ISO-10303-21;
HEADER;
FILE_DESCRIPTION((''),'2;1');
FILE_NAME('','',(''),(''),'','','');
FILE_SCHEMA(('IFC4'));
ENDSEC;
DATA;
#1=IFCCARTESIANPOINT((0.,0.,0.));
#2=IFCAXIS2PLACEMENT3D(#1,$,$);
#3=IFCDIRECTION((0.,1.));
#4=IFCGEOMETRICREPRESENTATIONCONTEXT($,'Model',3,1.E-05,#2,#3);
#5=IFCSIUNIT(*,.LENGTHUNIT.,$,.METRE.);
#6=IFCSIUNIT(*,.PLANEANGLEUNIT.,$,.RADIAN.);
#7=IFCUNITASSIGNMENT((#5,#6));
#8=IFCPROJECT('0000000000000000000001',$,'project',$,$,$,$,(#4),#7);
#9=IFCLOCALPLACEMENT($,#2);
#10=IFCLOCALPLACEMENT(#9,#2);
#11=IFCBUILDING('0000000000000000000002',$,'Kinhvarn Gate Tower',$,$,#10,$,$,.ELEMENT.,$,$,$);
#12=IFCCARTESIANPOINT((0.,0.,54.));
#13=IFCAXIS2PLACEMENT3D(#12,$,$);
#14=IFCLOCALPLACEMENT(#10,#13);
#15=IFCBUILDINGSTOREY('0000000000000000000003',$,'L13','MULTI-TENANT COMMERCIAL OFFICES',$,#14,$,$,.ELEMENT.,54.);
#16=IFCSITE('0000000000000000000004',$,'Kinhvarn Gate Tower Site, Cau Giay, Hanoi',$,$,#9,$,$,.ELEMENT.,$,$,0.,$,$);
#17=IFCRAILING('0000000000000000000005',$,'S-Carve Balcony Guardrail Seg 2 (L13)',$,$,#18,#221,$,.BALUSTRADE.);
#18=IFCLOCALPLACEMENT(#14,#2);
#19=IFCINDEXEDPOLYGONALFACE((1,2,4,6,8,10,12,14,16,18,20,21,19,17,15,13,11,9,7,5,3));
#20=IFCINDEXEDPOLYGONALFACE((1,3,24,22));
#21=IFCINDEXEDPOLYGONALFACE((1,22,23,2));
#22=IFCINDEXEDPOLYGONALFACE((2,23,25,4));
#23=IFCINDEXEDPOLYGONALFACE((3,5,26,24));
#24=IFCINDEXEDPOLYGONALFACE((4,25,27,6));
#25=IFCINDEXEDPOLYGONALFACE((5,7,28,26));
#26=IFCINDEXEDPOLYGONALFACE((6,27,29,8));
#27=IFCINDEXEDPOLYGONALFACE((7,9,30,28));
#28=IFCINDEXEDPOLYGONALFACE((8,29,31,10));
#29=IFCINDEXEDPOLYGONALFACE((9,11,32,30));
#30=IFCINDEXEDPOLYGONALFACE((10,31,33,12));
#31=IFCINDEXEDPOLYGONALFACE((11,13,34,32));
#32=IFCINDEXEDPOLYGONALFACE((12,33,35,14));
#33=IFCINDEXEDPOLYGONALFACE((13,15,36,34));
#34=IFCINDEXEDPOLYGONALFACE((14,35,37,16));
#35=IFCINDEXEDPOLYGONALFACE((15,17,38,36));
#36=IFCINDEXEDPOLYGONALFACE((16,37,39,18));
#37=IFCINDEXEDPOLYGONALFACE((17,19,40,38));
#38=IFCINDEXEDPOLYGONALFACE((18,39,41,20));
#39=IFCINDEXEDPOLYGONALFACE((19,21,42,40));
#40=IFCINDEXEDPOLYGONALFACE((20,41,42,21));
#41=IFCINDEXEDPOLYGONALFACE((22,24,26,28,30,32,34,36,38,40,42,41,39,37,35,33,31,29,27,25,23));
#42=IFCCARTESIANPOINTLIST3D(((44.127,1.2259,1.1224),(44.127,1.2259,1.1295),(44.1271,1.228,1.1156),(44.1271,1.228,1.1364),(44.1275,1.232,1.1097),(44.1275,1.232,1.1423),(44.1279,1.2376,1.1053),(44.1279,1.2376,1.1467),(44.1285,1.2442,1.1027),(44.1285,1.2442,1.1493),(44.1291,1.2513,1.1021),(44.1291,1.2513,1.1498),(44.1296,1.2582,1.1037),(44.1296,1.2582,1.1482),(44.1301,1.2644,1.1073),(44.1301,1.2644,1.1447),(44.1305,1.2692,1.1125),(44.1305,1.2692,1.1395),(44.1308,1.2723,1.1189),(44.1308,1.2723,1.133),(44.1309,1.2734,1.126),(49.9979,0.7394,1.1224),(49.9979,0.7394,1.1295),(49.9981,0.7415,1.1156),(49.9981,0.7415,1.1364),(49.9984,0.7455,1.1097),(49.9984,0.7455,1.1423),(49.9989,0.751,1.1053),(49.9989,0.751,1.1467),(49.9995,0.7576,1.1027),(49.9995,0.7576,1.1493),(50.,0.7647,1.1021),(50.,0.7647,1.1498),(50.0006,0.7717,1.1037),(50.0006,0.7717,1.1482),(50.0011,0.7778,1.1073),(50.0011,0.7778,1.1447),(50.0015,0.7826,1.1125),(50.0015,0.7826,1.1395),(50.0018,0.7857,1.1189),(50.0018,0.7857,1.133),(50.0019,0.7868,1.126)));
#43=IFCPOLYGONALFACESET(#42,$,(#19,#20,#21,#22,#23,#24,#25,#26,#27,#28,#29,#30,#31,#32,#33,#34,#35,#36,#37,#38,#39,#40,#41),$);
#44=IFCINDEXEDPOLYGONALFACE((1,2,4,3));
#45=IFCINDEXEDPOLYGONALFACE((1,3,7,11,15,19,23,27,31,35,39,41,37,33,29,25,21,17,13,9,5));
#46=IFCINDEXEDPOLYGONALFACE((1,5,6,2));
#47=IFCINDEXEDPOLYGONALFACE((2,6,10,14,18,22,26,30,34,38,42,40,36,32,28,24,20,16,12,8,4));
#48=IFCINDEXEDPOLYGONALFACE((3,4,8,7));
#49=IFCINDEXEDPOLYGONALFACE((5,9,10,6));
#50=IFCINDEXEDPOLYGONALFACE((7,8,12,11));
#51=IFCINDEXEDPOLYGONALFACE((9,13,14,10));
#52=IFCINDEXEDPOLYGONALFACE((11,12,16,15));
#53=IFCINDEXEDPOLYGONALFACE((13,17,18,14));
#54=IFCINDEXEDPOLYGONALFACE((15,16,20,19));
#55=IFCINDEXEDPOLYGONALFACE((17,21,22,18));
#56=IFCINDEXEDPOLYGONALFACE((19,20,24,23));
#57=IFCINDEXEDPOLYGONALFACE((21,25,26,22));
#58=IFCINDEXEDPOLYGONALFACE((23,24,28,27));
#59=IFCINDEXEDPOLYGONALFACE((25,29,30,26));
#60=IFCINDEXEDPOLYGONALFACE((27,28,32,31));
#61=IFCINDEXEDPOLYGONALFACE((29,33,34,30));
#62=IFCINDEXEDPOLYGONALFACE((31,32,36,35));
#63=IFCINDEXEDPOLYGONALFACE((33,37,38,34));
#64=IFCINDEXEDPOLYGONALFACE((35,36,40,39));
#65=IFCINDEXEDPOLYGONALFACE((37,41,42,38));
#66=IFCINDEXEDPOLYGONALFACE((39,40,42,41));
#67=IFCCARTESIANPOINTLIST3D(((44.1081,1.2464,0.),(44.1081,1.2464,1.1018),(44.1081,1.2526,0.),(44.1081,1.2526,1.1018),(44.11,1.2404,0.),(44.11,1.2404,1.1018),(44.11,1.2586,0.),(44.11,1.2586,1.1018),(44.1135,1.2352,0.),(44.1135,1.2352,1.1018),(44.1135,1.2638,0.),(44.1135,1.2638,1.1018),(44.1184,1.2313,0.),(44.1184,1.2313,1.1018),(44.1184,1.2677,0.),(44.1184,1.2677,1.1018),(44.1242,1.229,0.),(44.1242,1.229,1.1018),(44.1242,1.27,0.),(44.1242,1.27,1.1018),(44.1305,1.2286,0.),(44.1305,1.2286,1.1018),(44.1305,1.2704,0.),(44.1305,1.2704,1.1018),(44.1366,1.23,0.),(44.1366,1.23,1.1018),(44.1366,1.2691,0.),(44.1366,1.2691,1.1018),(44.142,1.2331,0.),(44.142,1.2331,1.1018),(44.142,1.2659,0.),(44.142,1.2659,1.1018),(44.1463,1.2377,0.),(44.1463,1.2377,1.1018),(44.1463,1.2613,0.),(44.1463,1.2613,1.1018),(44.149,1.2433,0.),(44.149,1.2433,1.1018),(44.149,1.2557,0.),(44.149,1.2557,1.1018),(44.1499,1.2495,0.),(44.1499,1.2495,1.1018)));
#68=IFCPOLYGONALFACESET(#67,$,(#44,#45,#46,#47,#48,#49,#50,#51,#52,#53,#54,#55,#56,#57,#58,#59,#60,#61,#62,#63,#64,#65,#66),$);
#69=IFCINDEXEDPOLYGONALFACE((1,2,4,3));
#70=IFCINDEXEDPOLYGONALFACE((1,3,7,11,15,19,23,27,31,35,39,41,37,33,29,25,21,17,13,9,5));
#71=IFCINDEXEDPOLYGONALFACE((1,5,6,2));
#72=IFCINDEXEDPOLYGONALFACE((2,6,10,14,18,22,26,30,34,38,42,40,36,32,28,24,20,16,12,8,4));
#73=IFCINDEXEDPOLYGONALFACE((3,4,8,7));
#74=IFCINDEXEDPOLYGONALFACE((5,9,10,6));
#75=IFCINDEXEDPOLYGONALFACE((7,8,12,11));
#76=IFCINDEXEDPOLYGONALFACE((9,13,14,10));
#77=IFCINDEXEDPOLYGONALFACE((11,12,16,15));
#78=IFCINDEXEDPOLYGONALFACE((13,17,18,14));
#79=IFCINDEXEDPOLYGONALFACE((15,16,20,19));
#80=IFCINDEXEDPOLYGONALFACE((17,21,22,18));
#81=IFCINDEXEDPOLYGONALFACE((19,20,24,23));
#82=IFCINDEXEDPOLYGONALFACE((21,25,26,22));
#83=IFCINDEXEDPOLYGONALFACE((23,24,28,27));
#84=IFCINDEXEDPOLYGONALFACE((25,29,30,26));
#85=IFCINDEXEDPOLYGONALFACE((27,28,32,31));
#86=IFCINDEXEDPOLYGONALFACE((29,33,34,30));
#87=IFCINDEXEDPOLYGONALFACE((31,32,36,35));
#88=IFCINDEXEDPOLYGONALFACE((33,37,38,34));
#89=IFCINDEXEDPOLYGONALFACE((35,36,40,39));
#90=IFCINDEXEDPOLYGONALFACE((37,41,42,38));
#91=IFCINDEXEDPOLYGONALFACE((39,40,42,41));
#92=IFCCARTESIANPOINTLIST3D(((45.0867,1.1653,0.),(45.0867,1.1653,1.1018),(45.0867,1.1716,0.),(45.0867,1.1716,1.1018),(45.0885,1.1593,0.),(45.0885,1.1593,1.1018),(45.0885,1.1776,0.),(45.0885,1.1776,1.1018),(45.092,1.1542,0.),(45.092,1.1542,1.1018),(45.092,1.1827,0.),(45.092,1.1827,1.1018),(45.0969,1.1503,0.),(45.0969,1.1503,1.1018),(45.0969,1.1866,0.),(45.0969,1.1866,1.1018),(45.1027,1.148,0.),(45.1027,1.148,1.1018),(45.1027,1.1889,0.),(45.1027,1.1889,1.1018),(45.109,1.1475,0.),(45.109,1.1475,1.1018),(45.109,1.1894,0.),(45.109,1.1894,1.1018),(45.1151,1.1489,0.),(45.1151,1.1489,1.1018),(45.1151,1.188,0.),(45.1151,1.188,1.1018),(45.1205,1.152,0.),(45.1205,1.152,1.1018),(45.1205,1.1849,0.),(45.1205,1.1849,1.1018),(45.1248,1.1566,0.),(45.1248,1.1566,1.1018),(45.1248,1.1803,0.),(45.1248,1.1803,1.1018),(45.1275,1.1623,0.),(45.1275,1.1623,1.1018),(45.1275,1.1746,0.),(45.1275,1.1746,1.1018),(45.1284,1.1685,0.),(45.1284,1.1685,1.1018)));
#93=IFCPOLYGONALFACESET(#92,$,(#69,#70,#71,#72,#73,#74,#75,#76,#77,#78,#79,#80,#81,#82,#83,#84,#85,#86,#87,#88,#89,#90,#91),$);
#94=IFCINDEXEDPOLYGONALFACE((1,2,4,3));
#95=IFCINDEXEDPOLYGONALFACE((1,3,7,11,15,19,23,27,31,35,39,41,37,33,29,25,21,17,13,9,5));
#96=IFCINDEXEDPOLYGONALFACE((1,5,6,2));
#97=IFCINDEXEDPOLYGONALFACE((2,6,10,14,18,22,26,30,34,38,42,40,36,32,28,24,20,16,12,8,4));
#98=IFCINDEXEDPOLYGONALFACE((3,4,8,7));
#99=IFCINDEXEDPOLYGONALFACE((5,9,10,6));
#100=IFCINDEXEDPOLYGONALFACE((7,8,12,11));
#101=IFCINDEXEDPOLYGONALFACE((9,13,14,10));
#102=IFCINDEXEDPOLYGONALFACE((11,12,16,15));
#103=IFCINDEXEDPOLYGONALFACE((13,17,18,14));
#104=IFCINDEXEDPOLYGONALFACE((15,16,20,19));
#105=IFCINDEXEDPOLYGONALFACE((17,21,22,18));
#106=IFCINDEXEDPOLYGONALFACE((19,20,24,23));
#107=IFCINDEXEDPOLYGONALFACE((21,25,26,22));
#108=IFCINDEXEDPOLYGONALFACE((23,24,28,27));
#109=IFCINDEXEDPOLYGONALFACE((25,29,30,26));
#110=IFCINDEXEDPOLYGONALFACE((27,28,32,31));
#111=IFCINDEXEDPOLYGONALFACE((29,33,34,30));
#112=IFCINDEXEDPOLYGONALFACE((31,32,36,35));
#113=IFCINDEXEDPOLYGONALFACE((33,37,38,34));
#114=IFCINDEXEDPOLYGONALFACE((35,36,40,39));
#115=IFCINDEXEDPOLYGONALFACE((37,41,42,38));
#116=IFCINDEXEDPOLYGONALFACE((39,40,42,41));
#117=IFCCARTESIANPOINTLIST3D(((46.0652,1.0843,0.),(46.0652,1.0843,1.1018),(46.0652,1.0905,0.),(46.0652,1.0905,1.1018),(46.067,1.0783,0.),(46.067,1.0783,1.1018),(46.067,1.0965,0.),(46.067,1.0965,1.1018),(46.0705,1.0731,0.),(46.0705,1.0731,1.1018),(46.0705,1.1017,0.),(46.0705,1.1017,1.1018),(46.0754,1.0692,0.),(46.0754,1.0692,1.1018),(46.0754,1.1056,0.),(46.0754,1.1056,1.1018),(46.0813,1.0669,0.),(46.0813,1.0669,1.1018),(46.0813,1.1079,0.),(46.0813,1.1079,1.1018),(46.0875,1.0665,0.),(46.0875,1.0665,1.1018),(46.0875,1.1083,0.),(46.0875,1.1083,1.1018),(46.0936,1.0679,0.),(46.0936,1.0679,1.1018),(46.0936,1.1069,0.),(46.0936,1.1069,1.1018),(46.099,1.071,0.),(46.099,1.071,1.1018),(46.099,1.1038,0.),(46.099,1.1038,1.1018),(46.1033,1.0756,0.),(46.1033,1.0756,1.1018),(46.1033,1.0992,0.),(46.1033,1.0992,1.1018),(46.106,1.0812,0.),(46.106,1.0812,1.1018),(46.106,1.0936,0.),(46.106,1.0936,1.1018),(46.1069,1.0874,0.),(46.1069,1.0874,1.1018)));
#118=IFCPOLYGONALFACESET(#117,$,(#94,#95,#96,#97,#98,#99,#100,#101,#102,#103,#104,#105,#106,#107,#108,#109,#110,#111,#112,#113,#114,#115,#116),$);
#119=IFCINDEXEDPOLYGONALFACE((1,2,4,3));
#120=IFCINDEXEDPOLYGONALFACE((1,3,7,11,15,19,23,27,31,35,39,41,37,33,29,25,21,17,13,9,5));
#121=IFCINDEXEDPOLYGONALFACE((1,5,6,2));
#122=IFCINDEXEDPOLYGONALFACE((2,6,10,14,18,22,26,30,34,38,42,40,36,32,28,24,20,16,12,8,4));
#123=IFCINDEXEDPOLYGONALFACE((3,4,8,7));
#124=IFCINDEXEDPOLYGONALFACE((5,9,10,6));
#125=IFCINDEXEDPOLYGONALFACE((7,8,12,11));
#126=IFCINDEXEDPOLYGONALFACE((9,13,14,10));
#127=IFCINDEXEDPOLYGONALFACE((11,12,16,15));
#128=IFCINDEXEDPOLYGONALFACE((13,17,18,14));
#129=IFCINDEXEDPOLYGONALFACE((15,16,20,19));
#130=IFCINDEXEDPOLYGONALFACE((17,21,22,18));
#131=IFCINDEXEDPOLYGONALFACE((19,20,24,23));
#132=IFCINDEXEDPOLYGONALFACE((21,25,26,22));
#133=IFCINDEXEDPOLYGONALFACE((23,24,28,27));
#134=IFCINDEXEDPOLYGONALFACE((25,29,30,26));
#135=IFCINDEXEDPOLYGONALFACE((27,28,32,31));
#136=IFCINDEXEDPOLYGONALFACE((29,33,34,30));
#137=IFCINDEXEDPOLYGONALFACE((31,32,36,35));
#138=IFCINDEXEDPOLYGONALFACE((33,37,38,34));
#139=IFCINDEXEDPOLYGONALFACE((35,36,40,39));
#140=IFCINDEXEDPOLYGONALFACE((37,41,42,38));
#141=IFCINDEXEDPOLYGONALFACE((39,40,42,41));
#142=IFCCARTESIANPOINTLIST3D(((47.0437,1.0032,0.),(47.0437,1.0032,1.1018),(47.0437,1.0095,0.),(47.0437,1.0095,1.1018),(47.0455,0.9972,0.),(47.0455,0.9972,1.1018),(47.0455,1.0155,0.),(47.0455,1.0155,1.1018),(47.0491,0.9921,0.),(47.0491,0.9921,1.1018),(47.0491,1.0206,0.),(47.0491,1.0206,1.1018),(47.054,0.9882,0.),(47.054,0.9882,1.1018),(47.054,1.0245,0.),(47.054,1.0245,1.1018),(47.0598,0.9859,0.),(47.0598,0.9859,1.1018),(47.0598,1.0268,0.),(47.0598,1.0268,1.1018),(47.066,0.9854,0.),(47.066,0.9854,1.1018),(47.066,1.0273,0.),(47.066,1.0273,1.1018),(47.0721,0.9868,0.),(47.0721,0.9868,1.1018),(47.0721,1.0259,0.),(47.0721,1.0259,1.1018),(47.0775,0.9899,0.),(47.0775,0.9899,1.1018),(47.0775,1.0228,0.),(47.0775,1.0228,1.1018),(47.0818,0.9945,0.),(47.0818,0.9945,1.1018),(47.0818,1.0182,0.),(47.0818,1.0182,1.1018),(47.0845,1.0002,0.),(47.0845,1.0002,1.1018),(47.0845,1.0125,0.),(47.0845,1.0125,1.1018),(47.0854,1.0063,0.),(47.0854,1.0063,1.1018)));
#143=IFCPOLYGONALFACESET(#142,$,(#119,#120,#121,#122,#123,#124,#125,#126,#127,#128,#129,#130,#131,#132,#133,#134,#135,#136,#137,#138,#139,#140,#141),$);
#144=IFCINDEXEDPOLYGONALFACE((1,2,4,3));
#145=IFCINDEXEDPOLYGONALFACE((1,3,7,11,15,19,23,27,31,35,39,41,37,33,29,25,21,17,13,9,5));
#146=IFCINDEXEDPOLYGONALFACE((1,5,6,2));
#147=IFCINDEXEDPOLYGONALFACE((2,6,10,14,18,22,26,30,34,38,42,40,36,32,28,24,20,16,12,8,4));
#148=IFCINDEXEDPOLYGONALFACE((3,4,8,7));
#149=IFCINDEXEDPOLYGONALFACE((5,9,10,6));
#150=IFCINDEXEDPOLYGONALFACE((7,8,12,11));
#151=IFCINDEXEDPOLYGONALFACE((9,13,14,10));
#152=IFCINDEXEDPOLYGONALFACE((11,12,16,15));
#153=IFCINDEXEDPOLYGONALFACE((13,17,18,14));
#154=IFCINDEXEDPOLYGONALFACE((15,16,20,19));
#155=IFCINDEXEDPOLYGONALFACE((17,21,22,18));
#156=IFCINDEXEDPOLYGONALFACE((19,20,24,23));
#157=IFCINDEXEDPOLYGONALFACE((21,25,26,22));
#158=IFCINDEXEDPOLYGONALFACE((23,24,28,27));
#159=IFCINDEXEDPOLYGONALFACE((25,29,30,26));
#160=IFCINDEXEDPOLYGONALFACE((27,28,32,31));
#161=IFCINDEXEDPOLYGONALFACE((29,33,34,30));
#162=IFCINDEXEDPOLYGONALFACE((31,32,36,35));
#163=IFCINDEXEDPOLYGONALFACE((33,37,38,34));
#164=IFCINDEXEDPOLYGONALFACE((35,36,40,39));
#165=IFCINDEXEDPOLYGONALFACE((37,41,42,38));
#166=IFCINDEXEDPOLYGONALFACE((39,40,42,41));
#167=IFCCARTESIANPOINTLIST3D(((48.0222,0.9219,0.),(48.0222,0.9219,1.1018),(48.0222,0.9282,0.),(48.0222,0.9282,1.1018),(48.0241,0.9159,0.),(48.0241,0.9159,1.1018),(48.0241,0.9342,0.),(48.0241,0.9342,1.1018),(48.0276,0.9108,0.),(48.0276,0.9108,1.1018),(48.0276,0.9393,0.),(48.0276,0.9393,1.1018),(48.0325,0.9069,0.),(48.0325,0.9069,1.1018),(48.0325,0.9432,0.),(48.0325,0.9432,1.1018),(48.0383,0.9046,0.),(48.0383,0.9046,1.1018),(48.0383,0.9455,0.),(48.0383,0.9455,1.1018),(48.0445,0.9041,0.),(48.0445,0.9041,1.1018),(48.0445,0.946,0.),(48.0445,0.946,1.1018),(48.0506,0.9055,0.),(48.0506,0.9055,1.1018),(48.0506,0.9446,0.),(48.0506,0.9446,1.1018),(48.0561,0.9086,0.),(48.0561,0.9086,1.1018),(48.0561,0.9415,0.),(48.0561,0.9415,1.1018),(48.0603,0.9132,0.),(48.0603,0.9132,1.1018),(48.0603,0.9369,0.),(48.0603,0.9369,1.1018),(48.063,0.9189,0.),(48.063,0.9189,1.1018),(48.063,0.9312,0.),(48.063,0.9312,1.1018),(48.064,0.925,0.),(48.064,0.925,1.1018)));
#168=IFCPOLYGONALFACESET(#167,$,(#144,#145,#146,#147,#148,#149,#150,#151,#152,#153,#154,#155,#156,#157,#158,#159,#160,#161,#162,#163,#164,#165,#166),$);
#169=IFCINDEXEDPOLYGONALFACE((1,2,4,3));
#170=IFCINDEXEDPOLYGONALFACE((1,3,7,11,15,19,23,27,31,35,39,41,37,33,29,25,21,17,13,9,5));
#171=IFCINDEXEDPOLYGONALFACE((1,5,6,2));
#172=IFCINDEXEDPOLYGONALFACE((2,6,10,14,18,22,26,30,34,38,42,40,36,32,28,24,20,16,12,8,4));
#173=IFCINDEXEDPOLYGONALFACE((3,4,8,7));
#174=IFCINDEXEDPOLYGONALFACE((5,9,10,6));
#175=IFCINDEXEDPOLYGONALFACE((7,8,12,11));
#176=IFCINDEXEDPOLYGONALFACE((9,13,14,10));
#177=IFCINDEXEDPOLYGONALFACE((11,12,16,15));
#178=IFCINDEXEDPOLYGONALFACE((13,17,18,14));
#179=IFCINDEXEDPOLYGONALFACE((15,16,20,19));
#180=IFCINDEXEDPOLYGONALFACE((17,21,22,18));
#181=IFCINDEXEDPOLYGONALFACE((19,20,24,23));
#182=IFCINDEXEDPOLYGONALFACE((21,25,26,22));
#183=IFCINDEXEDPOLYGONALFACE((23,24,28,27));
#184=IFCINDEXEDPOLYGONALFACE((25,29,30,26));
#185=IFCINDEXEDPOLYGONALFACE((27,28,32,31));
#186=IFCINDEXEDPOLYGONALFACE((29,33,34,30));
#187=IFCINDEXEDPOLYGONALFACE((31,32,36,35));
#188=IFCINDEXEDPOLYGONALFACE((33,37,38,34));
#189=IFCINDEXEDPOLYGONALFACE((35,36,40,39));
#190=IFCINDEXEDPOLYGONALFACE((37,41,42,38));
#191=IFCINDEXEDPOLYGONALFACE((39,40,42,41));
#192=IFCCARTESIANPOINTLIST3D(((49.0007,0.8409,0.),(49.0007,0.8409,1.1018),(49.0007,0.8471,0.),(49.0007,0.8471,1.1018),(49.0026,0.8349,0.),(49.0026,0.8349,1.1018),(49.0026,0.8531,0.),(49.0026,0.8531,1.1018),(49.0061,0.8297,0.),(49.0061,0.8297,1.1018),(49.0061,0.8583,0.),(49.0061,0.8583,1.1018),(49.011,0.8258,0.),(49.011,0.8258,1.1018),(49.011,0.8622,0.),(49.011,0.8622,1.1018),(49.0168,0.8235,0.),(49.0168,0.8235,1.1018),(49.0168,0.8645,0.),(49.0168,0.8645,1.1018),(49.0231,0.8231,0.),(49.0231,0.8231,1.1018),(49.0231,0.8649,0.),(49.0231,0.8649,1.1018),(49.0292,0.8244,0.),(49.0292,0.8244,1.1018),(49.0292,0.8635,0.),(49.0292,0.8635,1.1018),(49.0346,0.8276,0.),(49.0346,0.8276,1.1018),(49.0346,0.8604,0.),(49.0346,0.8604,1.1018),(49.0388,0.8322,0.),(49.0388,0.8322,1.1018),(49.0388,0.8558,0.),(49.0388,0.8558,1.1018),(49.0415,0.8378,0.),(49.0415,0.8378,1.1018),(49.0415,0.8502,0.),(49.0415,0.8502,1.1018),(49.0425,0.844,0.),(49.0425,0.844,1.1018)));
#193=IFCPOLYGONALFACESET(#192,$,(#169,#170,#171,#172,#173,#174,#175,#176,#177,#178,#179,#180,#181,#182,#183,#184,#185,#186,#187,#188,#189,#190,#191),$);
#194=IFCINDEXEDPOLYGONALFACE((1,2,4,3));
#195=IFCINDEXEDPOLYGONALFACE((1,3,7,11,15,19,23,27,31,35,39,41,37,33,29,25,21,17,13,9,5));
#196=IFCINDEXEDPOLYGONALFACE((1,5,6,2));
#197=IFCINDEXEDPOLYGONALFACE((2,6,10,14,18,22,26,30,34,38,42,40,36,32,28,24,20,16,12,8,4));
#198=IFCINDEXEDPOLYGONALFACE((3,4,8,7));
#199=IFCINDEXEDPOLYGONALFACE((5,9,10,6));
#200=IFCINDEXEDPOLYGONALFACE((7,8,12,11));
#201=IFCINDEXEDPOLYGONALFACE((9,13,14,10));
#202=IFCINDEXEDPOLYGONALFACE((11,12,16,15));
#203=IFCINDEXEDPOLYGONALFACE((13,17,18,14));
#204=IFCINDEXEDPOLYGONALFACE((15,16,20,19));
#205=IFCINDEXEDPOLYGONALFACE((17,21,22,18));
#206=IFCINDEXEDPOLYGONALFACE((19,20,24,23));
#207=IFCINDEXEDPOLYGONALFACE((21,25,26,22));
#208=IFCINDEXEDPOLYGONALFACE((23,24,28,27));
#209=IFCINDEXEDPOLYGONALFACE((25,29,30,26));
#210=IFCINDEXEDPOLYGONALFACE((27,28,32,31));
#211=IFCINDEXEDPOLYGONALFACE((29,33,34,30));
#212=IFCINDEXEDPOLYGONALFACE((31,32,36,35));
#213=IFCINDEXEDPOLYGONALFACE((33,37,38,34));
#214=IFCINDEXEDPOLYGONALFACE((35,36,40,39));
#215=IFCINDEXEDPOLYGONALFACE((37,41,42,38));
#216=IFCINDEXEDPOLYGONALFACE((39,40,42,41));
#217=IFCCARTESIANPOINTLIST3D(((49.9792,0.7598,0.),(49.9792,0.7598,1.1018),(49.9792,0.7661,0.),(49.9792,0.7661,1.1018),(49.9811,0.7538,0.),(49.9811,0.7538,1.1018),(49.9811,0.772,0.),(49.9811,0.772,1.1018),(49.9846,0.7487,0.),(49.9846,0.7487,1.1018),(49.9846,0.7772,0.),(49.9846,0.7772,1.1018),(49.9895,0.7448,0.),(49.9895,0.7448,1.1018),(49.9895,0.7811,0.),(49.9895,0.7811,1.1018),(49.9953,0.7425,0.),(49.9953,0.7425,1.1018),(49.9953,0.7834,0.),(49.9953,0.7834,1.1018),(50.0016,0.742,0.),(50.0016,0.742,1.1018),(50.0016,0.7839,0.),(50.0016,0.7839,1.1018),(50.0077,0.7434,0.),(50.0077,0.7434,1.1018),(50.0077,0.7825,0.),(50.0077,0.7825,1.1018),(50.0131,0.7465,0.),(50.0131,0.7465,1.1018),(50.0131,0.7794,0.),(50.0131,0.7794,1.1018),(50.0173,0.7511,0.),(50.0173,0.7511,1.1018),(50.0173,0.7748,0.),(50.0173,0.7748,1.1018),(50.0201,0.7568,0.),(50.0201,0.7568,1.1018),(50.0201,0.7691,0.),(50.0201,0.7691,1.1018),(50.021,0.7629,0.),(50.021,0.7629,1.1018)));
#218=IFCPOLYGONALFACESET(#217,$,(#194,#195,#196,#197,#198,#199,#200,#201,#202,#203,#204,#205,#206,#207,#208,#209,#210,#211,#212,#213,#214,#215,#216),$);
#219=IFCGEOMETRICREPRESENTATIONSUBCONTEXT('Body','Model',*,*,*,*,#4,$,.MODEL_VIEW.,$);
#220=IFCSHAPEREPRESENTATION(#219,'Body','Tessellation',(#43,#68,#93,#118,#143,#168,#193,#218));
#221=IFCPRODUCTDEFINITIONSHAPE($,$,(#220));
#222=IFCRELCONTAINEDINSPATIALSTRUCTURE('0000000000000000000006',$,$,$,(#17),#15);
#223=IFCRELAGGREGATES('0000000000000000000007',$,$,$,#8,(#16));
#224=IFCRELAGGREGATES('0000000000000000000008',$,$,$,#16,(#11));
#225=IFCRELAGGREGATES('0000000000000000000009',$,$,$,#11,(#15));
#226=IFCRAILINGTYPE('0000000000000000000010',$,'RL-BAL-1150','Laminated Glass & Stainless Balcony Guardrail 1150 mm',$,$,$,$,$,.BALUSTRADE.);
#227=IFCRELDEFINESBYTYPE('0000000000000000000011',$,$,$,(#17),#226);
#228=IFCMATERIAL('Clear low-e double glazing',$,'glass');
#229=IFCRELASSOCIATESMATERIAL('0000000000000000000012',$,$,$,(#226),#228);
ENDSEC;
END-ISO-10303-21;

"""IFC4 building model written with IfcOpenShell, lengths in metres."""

from ifc_helpers import new_model, si_unit, direction, frame, origin, origin_2d, place, context, subcontext, project, spatial, circle, extrude, material, type_object, element, save


model = new_model("IFC4")

# Units and contexts
model_context = context("Model", 3, precision=1e-05, world=origin(), true_north=direction((0.0, 1.0)))
body_context = subcontext(model_context, "Body", "Model", "MODEL_VIEW")
ifc_project = project(units=[si_unit("LENGTHUNIT", "METRE"), si_unit("PLANEANGLEUNIT", "RADIAN")], contexts=[model_context])

# Site, building, storey
site_placement = place(None, origin())
site = spatial("IfcSite", under=ifc_project, at=site_placement, Name="Kinhvarn Gate Tower Site, Cau Giay, Hanoi", CompositionType="ELEMENT", RefElevation=0.0)
building_placement = place(site_placement, origin())
building = spatial("IfcBuilding", under=site, at=building_placement, Name="Kinhvarn Gate Tower", CompositionType="ELEMENT")
storey_placement = place(building_placement, frame((0.0, 0.0, 54.0)))
storey = spatial("IfcBuildingStorey", under=building, at=storey_placement, Name="L13", Description="MULTI-TENANT COMMERCIAL OFFICES", CompositionType="ELEMENT", Elevation=54.0)

# Shared definitions
ifc_material_1 = material(Name="Clear low-e double glazing", Category="glass")

# Railing
railing_type = type_object("IfcRailingType", Name="RL-BAL-1150", Description="Laminated Glass & Stainless Balcony Guardrail 1150 mm", PredefinedType="BALUSTRADE", material=ifc_material_1)
railing_1_placement = place(storey_placement, frame((44.1289, 1.2495, 0.0)))
element("IfcRailing", 1, at=railing_1_placement, inside=storey, type_object=railing_type, Name="S-Carve Balcony Guardrail Seg 2 (L13)", PredefinedType="BALUSTRADE", context=body_context, shape_type="SweptSolid", body=[
    extrude(circle(Radius=0.0239, at=origin_2d()), frame((0.0, 0.0, 1.126), z_axis=(0.996583, -0.082593, 0.0), x_axis=(0.082593, 0.996583, 0.0)), (0.0, 0.0, 1.0), 5.8911),
    extrude(circle(Radius=0.021, at=origin_2d()), origin(), (0.0, 0.0, 1.0), 1.1018),
    extrude(circle(Radius=0.021, at=origin_2d()), frame((0.9785, -0.0811, 0.0)), (0.0, 0.0, 1.0), 1.1018),
    extrude(circle(Radius=0.021, at=origin_2d()), frame((1.957, -0.1621, 0.0)), (0.0, 0.0, 1.0), 1.1018),
    extrude(circle(Radius=0.021, at=origin_2d()), frame((2.9355, -0.2432, 0.0)), (0.0, 0.0, 1.0), 1.1018),
    extrude(circle(Radius=0.021, at=origin_2d()), frame((3.9141, -0.3245, 0.0)), (0.0, 0.0, 1.0), 1.1018),
    extrude(circle(Radius=0.021, at=origin_2d()), frame((4.8926, -0.4055, 0.0)), (0.0, 0.0, 1.0), 1.1018),
    extrude(circle(Radius=0.021, at=origin_2d()), frame((5.8711, -0.4866, 0.0)), (0.0, 0.0, 1.0), 1.1018),
])

save(model, "model.ifc")
